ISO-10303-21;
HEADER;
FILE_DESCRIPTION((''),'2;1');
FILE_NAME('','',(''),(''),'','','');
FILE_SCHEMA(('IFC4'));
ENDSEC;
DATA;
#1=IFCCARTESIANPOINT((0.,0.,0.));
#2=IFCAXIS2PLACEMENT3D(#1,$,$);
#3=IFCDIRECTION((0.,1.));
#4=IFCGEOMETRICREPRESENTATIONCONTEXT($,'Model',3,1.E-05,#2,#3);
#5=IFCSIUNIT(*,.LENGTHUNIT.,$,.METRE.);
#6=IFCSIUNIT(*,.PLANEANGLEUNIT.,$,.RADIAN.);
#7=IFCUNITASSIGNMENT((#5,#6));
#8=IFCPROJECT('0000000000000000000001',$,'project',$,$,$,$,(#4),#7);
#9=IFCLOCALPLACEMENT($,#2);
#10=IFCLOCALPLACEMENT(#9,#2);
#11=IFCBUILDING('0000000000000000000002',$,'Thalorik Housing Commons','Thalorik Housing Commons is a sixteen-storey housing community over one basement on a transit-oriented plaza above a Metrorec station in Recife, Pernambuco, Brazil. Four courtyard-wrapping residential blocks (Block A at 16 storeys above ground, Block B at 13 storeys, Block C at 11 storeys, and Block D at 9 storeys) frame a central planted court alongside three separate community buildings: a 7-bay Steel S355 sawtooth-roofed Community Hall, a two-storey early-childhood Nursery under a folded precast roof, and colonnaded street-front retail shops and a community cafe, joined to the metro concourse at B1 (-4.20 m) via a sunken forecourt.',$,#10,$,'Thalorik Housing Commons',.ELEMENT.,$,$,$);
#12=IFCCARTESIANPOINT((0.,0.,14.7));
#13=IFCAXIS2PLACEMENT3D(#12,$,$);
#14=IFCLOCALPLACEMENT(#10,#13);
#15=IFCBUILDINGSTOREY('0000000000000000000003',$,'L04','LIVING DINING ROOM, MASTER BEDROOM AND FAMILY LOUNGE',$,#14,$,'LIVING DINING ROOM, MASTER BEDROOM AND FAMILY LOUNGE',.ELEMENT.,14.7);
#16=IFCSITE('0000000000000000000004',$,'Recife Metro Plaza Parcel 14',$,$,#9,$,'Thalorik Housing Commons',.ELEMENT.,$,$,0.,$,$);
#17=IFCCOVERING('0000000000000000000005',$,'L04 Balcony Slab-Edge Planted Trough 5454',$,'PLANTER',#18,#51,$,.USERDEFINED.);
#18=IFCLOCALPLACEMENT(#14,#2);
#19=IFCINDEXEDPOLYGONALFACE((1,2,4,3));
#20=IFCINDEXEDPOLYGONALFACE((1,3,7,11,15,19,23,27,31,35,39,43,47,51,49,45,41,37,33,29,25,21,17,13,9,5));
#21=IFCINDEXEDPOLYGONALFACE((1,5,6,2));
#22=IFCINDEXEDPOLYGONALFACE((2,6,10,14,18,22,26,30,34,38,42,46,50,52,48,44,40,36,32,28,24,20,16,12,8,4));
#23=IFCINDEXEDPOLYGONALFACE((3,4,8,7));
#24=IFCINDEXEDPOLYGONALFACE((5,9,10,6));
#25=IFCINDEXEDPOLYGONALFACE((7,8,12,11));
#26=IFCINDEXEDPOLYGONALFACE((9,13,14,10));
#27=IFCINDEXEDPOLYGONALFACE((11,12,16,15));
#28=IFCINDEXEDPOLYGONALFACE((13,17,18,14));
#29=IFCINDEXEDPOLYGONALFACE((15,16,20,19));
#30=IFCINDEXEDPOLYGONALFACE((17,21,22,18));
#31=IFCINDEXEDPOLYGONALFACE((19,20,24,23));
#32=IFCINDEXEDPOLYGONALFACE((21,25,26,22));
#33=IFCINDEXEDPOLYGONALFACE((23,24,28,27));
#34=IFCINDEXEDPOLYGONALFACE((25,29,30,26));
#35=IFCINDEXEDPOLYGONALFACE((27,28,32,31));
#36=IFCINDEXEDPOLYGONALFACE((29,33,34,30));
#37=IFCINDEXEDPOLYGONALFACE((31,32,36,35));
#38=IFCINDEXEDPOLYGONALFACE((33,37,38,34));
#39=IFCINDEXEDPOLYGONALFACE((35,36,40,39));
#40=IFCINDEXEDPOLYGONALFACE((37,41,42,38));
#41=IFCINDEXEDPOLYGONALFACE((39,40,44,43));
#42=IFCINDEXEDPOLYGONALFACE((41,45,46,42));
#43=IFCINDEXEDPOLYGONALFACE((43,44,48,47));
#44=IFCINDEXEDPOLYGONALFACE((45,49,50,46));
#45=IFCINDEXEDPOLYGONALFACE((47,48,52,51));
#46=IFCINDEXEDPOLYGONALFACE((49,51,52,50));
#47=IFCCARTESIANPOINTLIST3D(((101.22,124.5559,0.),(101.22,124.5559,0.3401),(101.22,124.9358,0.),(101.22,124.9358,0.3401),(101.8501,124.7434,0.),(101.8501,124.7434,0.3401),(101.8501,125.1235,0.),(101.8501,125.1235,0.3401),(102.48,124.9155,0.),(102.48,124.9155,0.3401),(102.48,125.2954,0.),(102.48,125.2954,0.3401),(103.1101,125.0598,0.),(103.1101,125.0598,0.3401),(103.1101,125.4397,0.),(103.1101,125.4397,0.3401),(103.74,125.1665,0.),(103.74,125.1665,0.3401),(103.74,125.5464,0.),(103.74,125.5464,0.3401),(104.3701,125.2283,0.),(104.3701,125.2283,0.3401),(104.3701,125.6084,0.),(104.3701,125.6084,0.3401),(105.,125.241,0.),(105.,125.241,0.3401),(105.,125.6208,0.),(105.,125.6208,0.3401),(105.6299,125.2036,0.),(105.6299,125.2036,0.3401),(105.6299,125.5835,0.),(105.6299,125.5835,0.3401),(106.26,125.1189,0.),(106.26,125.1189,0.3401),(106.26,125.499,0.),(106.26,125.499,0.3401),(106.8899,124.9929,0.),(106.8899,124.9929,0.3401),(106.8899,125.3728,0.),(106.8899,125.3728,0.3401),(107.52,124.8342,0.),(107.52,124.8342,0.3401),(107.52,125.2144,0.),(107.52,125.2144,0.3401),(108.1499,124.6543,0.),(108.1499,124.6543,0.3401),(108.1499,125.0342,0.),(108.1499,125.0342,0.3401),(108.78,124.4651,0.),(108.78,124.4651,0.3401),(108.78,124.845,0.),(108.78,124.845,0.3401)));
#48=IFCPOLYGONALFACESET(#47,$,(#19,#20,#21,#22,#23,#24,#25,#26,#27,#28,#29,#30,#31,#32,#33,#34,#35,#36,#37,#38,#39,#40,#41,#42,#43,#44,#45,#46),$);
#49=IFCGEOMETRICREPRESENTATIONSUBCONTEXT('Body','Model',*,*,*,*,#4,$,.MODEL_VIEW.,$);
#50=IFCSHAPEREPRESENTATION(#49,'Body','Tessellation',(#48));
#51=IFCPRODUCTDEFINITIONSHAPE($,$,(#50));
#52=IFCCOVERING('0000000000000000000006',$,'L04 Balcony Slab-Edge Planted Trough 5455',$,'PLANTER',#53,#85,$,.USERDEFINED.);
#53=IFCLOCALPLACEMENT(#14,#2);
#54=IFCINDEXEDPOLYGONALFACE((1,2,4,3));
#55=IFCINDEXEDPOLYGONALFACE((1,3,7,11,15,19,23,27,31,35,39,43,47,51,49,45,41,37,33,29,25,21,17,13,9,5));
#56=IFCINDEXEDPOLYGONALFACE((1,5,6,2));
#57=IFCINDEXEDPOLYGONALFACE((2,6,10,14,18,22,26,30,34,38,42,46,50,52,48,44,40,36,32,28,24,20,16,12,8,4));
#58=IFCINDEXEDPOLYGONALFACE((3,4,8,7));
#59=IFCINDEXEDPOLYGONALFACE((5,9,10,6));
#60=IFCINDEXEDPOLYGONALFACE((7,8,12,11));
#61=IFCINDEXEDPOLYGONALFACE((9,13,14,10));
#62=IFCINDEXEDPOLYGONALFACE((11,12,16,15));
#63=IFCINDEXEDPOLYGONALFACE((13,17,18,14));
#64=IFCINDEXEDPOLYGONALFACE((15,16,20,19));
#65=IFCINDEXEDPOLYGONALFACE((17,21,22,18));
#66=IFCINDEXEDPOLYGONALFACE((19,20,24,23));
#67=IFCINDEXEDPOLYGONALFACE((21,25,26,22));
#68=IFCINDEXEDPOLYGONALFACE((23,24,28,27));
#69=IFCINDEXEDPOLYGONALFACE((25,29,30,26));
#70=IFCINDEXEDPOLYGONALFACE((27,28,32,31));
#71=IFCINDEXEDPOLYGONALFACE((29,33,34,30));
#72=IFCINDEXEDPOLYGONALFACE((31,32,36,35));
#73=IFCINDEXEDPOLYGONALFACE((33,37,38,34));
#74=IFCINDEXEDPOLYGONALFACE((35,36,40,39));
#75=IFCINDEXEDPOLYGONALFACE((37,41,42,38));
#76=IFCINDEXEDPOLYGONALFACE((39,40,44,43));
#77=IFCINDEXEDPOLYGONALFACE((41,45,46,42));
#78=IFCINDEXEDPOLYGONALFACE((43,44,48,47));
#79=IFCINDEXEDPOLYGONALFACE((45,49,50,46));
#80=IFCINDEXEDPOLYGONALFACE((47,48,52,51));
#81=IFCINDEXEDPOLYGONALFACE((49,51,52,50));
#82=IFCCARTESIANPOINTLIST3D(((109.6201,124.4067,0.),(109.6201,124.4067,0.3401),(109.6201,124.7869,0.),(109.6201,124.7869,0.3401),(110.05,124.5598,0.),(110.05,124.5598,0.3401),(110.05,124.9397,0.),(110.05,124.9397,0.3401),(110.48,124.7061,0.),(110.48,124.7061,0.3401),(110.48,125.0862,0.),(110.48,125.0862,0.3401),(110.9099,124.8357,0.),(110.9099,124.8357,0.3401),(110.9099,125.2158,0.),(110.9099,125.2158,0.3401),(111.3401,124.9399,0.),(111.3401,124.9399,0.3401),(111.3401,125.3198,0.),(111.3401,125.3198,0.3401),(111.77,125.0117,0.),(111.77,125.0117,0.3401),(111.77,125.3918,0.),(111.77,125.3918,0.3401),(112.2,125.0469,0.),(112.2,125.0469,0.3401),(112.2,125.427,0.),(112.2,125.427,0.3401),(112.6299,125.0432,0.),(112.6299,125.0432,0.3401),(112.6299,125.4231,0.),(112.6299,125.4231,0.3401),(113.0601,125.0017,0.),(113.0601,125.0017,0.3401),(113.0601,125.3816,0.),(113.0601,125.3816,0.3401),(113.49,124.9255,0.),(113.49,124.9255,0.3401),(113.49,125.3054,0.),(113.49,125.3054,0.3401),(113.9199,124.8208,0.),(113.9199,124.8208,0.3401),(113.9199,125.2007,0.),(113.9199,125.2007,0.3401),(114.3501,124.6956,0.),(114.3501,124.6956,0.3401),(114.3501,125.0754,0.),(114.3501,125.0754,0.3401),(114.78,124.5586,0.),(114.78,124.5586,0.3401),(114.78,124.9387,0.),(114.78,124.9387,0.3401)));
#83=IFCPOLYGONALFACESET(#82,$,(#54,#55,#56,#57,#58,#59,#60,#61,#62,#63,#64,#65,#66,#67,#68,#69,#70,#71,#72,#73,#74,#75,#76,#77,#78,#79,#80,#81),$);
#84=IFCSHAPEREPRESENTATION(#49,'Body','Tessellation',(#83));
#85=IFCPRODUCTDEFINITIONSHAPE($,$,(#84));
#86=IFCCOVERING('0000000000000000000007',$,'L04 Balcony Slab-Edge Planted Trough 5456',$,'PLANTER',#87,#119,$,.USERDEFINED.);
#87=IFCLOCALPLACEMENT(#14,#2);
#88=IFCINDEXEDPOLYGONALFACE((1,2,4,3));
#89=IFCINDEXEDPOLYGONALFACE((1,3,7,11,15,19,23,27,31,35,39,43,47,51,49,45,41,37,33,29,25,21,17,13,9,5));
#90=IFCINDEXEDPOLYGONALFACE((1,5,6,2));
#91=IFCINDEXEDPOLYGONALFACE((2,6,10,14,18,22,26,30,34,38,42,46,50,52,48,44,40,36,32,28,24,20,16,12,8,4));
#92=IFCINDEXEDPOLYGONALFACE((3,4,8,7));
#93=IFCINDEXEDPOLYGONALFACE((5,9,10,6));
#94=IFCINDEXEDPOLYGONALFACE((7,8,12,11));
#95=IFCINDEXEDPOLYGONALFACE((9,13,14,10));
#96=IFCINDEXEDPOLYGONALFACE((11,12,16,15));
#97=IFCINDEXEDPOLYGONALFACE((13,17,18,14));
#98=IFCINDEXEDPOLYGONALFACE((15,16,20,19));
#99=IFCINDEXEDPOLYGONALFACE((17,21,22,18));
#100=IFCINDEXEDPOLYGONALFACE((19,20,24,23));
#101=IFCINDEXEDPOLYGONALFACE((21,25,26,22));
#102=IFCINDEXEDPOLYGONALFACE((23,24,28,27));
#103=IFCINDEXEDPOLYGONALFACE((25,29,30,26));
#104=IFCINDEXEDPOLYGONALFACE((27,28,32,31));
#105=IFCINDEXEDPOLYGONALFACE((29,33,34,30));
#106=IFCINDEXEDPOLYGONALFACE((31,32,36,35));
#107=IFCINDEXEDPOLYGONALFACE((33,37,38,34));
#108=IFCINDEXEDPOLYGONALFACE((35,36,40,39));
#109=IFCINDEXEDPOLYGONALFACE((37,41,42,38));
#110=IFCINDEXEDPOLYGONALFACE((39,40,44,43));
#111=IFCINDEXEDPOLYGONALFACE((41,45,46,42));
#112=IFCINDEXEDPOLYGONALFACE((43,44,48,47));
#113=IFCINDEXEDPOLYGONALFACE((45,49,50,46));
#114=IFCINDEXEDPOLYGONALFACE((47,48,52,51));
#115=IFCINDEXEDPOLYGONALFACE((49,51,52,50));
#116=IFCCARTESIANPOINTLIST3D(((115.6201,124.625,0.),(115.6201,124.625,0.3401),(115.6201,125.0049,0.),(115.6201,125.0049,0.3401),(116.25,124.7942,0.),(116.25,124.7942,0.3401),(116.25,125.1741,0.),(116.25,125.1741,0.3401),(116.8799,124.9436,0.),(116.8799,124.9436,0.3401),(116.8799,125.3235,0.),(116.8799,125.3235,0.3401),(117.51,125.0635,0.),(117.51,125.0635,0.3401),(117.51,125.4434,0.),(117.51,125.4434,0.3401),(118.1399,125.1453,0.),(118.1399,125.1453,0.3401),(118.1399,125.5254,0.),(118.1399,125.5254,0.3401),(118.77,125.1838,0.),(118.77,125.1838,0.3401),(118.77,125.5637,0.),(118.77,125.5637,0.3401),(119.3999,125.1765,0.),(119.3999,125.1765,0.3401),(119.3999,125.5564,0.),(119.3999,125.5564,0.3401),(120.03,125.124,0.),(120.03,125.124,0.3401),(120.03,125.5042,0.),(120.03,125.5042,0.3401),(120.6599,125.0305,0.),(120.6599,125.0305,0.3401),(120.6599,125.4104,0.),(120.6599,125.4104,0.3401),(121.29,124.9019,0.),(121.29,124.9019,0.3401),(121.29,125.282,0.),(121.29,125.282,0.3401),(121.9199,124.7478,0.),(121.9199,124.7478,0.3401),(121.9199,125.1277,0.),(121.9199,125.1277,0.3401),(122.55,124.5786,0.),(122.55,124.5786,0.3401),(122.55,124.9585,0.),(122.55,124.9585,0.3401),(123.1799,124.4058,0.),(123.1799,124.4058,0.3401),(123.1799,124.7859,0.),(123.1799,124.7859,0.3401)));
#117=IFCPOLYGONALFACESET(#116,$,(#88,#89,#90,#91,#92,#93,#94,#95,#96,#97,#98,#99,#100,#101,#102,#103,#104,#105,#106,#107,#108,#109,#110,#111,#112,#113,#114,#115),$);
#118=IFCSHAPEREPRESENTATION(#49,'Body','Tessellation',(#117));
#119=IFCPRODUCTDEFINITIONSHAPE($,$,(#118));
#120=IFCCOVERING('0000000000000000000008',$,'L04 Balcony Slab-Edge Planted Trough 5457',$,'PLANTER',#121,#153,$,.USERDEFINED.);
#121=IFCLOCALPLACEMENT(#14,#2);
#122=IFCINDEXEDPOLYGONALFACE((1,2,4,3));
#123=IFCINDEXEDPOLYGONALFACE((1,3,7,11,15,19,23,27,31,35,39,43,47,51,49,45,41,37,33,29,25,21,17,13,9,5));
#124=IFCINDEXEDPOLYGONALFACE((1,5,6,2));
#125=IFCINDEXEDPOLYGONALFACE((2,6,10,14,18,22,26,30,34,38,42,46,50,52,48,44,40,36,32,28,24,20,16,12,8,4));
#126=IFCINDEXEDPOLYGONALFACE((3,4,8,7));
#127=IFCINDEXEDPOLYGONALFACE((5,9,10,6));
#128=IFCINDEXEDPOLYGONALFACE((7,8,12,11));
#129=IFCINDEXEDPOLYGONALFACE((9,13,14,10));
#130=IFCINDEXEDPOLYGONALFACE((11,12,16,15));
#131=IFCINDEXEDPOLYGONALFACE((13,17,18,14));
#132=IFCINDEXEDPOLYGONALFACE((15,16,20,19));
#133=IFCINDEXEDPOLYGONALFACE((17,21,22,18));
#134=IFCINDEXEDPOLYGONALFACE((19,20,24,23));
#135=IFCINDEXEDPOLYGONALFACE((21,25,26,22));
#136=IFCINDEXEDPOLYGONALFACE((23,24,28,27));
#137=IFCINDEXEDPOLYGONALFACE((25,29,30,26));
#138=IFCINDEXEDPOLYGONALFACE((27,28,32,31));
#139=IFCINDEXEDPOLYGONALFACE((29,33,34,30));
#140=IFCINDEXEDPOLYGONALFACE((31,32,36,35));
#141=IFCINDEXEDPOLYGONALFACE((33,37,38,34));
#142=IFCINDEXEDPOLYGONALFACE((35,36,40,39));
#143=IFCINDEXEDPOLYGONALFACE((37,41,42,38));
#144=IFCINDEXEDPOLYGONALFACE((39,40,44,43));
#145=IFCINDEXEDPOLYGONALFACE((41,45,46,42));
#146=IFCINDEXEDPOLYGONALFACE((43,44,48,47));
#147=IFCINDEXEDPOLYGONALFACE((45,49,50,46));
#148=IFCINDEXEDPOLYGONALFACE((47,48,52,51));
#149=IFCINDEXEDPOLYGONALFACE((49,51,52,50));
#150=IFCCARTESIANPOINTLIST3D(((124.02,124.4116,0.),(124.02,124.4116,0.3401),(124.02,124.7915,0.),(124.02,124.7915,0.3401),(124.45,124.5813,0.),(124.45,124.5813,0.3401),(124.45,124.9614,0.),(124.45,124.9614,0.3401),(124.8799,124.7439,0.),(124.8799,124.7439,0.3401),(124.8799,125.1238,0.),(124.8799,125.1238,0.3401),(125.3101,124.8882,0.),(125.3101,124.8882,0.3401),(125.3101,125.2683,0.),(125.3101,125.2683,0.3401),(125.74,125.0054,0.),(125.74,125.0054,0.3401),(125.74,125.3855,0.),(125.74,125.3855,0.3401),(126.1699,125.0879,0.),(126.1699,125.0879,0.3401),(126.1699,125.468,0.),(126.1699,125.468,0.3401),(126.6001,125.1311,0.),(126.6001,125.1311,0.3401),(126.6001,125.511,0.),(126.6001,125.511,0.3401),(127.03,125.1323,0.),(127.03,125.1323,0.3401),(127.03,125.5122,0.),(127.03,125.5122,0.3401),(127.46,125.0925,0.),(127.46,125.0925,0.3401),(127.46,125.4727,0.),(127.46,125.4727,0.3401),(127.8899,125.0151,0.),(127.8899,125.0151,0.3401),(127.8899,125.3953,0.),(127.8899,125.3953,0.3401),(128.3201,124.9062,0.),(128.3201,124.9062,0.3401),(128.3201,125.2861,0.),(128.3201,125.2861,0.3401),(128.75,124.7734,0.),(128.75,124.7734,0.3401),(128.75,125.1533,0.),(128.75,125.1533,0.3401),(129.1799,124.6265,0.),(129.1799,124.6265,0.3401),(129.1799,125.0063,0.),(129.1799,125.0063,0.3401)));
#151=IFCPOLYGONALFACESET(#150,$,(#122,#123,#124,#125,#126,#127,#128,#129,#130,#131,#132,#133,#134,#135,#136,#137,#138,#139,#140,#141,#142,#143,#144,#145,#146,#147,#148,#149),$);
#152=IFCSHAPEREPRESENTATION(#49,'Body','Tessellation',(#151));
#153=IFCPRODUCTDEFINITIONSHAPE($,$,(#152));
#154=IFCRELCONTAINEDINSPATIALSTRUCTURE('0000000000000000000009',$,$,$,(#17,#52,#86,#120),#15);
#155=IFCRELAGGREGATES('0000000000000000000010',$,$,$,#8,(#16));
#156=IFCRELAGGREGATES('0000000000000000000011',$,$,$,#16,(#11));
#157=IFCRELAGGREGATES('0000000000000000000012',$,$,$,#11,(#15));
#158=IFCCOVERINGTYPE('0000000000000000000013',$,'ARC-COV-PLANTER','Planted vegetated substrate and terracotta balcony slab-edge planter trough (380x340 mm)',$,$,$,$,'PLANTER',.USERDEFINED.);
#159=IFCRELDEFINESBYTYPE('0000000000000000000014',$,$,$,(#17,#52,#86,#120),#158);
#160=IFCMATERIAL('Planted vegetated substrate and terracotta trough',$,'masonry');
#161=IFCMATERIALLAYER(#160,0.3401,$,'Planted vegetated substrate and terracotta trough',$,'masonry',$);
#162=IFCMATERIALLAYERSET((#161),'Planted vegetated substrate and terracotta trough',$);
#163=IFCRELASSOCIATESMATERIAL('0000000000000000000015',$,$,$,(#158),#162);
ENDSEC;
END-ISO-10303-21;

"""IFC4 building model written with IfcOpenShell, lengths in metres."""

from ifc_helpers import new_model, si_unit, direction, frame, origin, place, context, subcontext, project, spatial, polyline, outline, extrude, material, layer, layer_set, type_object, element, save


model = new_model("IFC4")

# Units and contexts
model_context = context("Model", 3, precision=1e-05, world=origin(), true_north=direction((0.0, 1.0)))
body_context = subcontext(model_context, "Body", "Model", "MODEL_VIEW")
ifc_project = project(units=[si_unit("LENGTHUNIT", "METRE"), si_unit("PLANEANGLEUNIT", "RADIAN")], contexts=[model_context])

# Site, building, storey
site_placement = place(None, origin())
site = spatial("IfcSite", under=ifc_project, at=site_placement, Name="Recife Metro Plaza Parcel 14", LongName="Thalorik Housing Commons", CompositionType="ELEMENT", RefElevation=0.0)
building_placement = place(site_placement, origin())
building = spatial("IfcBuilding", under=site, at=building_placement, Name="Thalorik Housing Commons", Description="Thalorik Housing Commons is a sixteen-storey housing community over one basement on a transit-oriented plaza above a Metrorec station in Recife, Pernambuco, Brazil. Four courtyard-wrapping residential blocks (Block A at 16 storeys above ground, Block B at 13 storeys, Block C at 11 storeys, and Block D at 9 storeys) frame a central planted court alongside three separate community buildings: a 7-bay Steel S355 sawtooth-roofed Community Hall, a two-storey early-childhood Nursery under a folded precast roof, and colonnaded street-front retail shops and a community cafe, joined to the metro concourse at B1 (-4.20 m) via a sunken forecourt.", LongName="Thalorik Housing Commons", CompositionType="ELEMENT")
storey_placement = place(building_placement, frame((0.0, 0.0, 14.7)))
storey = spatial("IfcBuildingStorey", under=building, at=storey_placement, Name="L04", Description="LIVING DINING ROOM, MASTER BEDROOM AND FAMILY LOUNGE", LongName="LIVING DINING ROOM, MASTER BEDROOM AND FAMILY LOUNGE", CompositionType="ELEMENT", Elevation=14.7)

# Coverings
ifc_material = material(Name="Planted vegetated substrate and terracotta trough", Category="masonry")
ifc_layer = layer(ifc_material, 0.3401, Name="Planted vegetated substrate and terracotta trough", Category="masonry")
ifc_layer_set = layer_set([ifc_layer], Name="Planted vegetated substrate and terracotta trough")
covering_type = type_object("IfcCoveringType", Name="ARC-COV-PLANTER", Description="Planted vegetated substrate and terracotta balcony slab-edge planter trough (380x340 mm)", ElementType="PLANTER", PredefinedType="USERDEFINED", material=ifc_layer_set)
covering_1_placement = place(storey_placement, origin())
element("IfcCovering", 1, at=covering_1_placement, inside=storey, type_object=covering_type, Name="L04 Balcony Slab-Edge Planted Trough 5454", ObjectType="PLANTER", PredefinedType="USERDEFINED", context=body_context, shape_type="SweptSolid", body=[
    extrude(outline(polyline([(108.78, 124.845), (108.1499, 125.0342), (107.52, 125.2144), (106.8899, 125.3728), (106.26, 125.499), (105.6299, 125.5835), (105.0, 125.6208), (104.3701, 125.6084), (103.74, 125.5464), (103.1101, 125.4397), (102.48, 125.2954), (101.8501, 125.1235), (101.22, 124.9358), (101.22, 124.5559), (101.8501, 124.7434), (102.48, 124.9155), (103.1101, 125.0598), (103.74, 125.1665), (104.3701, 125.2283), (105.0, 125.241), (105.6299, 125.2036), (106.26, 125.1189), (106.8899, 124.9929), (107.52, 124.8342), (108.1499, 124.6543), (108.78, 124.4651), (108.78, 124.845)])), origin(), (0.0, 0.0, 1.0), 0.3401),
])
covering_2_placement = place(storey_placement, origin())
element("IfcCovering", 2, at=covering_2_placement, inside=storey, type_object=covering_type, Name="L04 Balcony Slab-Edge Planted Trough 5455", ObjectType="PLANTER", PredefinedType="USERDEFINED", context=body_context, shape_type="SweptSolid", body=[
    extrude(outline(polyline([(114.78, 124.9387), (114.3501, 125.0754), (113.9199, 125.2007), (113.49, 125.3054), (113.0601, 125.3816), (112.6299, 125.4231), (112.2, 125.427), (111.77, 125.3918), (111.3401, 125.3198), (110.9099, 125.2158), (110.48, 125.0862), (110.05, 124.9397), (109.6201, 124.7869), (109.6201, 124.4067), (110.05, 124.5598), (110.48, 124.7061), (110.9099, 124.8357), (111.3401, 124.9399), (111.77, 125.0117), (112.2, 125.0469), (112.6299, 125.0432), (113.0601, 125.0017), (113.49, 124.9255), (113.9199, 124.8208), (114.3501, 124.6956), (114.78, 124.5586), (114.78, 124.9387)])), origin(), (0.0, 0.0, 1.0), 0.3401),
])
covering_3_placement = place(storey_placement, origin())
element("IfcCovering", 3, at=covering_3_placement, inside=storey, type_object=covering_type, Name="L04 Balcony Slab-Edge Planted Trough 5456", ObjectType="PLANTER", PredefinedType="USERDEFINED", context=body_context, shape_type="SweptSolid", body=[
    extrude(outline(polyline([(123.1799, 124.7859), (122.55, 124.9585), (121.9199, 125.1277), (121.29, 125.282), (120.6599, 125.4104), (120.03, 125.5042), (119.3999, 125.5564), (118.77, 125.5637), (118.1399, 125.5254), (117.51, 125.4434), (116.8799, 125.3235), (116.25, 125.1741), (115.6201, 125.0049), (115.6201, 124.625), (116.25, 124.7942), (116.8799, 124.9436), (117.51, 125.0635), (118.1399, 125.1453), (118.77, 125.1838), (119.3999, 125.1765), (120.03, 125.124), (120.6599, 125.0305), (121.29, 124.9019), (121.9199, 124.7478), (122.55, 124.5786), (123.1799, 124.4058), (123.1799, 124.7859)])), origin(), (0.0, 0.0, 1.0), 0.3401),
])
covering_4_placement = place(storey_placement, origin())
element("IfcCovering", 4, at=covering_4_placement, inside=storey, type_object=covering_type, Name="L04 Balcony Slab-Edge Planted Trough 5457", ObjectType="PLANTER", PredefinedType="USERDEFINED", context=body_context, shape_type="SweptSolid", body=[
    extrude(outline(polyline([(129.1799, 125.0063), (128.75, 125.1533), (128.3201, 125.2861), (127.8899, 125.3953), (127.46, 125.4727), (127.03, 125.5122), (126.6001, 125.511), (126.1699, 125.468), (125.74, 125.3855), (125.3101, 125.2683), (124.8799, 125.1238), (124.45, 124.9614), (124.02, 124.7915), (124.02, 124.4116), (124.45, 124.5813), (124.8799, 124.7439), (125.3101, 124.8882), (125.74, 125.0054), (126.1699, 125.0879), (126.6001, 125.1311), (127.03, 125.1323), (127.46, 125.0925), (127.8899, 125.0151), (128.3201, 124.9062), (128.75, 124.7734), (129.1799, 124.6265), (129.1799, 125.0063)])), origin(), (0.0, 0.0, 1.0), 0.3401),
])

save(model, "model.ifc")
